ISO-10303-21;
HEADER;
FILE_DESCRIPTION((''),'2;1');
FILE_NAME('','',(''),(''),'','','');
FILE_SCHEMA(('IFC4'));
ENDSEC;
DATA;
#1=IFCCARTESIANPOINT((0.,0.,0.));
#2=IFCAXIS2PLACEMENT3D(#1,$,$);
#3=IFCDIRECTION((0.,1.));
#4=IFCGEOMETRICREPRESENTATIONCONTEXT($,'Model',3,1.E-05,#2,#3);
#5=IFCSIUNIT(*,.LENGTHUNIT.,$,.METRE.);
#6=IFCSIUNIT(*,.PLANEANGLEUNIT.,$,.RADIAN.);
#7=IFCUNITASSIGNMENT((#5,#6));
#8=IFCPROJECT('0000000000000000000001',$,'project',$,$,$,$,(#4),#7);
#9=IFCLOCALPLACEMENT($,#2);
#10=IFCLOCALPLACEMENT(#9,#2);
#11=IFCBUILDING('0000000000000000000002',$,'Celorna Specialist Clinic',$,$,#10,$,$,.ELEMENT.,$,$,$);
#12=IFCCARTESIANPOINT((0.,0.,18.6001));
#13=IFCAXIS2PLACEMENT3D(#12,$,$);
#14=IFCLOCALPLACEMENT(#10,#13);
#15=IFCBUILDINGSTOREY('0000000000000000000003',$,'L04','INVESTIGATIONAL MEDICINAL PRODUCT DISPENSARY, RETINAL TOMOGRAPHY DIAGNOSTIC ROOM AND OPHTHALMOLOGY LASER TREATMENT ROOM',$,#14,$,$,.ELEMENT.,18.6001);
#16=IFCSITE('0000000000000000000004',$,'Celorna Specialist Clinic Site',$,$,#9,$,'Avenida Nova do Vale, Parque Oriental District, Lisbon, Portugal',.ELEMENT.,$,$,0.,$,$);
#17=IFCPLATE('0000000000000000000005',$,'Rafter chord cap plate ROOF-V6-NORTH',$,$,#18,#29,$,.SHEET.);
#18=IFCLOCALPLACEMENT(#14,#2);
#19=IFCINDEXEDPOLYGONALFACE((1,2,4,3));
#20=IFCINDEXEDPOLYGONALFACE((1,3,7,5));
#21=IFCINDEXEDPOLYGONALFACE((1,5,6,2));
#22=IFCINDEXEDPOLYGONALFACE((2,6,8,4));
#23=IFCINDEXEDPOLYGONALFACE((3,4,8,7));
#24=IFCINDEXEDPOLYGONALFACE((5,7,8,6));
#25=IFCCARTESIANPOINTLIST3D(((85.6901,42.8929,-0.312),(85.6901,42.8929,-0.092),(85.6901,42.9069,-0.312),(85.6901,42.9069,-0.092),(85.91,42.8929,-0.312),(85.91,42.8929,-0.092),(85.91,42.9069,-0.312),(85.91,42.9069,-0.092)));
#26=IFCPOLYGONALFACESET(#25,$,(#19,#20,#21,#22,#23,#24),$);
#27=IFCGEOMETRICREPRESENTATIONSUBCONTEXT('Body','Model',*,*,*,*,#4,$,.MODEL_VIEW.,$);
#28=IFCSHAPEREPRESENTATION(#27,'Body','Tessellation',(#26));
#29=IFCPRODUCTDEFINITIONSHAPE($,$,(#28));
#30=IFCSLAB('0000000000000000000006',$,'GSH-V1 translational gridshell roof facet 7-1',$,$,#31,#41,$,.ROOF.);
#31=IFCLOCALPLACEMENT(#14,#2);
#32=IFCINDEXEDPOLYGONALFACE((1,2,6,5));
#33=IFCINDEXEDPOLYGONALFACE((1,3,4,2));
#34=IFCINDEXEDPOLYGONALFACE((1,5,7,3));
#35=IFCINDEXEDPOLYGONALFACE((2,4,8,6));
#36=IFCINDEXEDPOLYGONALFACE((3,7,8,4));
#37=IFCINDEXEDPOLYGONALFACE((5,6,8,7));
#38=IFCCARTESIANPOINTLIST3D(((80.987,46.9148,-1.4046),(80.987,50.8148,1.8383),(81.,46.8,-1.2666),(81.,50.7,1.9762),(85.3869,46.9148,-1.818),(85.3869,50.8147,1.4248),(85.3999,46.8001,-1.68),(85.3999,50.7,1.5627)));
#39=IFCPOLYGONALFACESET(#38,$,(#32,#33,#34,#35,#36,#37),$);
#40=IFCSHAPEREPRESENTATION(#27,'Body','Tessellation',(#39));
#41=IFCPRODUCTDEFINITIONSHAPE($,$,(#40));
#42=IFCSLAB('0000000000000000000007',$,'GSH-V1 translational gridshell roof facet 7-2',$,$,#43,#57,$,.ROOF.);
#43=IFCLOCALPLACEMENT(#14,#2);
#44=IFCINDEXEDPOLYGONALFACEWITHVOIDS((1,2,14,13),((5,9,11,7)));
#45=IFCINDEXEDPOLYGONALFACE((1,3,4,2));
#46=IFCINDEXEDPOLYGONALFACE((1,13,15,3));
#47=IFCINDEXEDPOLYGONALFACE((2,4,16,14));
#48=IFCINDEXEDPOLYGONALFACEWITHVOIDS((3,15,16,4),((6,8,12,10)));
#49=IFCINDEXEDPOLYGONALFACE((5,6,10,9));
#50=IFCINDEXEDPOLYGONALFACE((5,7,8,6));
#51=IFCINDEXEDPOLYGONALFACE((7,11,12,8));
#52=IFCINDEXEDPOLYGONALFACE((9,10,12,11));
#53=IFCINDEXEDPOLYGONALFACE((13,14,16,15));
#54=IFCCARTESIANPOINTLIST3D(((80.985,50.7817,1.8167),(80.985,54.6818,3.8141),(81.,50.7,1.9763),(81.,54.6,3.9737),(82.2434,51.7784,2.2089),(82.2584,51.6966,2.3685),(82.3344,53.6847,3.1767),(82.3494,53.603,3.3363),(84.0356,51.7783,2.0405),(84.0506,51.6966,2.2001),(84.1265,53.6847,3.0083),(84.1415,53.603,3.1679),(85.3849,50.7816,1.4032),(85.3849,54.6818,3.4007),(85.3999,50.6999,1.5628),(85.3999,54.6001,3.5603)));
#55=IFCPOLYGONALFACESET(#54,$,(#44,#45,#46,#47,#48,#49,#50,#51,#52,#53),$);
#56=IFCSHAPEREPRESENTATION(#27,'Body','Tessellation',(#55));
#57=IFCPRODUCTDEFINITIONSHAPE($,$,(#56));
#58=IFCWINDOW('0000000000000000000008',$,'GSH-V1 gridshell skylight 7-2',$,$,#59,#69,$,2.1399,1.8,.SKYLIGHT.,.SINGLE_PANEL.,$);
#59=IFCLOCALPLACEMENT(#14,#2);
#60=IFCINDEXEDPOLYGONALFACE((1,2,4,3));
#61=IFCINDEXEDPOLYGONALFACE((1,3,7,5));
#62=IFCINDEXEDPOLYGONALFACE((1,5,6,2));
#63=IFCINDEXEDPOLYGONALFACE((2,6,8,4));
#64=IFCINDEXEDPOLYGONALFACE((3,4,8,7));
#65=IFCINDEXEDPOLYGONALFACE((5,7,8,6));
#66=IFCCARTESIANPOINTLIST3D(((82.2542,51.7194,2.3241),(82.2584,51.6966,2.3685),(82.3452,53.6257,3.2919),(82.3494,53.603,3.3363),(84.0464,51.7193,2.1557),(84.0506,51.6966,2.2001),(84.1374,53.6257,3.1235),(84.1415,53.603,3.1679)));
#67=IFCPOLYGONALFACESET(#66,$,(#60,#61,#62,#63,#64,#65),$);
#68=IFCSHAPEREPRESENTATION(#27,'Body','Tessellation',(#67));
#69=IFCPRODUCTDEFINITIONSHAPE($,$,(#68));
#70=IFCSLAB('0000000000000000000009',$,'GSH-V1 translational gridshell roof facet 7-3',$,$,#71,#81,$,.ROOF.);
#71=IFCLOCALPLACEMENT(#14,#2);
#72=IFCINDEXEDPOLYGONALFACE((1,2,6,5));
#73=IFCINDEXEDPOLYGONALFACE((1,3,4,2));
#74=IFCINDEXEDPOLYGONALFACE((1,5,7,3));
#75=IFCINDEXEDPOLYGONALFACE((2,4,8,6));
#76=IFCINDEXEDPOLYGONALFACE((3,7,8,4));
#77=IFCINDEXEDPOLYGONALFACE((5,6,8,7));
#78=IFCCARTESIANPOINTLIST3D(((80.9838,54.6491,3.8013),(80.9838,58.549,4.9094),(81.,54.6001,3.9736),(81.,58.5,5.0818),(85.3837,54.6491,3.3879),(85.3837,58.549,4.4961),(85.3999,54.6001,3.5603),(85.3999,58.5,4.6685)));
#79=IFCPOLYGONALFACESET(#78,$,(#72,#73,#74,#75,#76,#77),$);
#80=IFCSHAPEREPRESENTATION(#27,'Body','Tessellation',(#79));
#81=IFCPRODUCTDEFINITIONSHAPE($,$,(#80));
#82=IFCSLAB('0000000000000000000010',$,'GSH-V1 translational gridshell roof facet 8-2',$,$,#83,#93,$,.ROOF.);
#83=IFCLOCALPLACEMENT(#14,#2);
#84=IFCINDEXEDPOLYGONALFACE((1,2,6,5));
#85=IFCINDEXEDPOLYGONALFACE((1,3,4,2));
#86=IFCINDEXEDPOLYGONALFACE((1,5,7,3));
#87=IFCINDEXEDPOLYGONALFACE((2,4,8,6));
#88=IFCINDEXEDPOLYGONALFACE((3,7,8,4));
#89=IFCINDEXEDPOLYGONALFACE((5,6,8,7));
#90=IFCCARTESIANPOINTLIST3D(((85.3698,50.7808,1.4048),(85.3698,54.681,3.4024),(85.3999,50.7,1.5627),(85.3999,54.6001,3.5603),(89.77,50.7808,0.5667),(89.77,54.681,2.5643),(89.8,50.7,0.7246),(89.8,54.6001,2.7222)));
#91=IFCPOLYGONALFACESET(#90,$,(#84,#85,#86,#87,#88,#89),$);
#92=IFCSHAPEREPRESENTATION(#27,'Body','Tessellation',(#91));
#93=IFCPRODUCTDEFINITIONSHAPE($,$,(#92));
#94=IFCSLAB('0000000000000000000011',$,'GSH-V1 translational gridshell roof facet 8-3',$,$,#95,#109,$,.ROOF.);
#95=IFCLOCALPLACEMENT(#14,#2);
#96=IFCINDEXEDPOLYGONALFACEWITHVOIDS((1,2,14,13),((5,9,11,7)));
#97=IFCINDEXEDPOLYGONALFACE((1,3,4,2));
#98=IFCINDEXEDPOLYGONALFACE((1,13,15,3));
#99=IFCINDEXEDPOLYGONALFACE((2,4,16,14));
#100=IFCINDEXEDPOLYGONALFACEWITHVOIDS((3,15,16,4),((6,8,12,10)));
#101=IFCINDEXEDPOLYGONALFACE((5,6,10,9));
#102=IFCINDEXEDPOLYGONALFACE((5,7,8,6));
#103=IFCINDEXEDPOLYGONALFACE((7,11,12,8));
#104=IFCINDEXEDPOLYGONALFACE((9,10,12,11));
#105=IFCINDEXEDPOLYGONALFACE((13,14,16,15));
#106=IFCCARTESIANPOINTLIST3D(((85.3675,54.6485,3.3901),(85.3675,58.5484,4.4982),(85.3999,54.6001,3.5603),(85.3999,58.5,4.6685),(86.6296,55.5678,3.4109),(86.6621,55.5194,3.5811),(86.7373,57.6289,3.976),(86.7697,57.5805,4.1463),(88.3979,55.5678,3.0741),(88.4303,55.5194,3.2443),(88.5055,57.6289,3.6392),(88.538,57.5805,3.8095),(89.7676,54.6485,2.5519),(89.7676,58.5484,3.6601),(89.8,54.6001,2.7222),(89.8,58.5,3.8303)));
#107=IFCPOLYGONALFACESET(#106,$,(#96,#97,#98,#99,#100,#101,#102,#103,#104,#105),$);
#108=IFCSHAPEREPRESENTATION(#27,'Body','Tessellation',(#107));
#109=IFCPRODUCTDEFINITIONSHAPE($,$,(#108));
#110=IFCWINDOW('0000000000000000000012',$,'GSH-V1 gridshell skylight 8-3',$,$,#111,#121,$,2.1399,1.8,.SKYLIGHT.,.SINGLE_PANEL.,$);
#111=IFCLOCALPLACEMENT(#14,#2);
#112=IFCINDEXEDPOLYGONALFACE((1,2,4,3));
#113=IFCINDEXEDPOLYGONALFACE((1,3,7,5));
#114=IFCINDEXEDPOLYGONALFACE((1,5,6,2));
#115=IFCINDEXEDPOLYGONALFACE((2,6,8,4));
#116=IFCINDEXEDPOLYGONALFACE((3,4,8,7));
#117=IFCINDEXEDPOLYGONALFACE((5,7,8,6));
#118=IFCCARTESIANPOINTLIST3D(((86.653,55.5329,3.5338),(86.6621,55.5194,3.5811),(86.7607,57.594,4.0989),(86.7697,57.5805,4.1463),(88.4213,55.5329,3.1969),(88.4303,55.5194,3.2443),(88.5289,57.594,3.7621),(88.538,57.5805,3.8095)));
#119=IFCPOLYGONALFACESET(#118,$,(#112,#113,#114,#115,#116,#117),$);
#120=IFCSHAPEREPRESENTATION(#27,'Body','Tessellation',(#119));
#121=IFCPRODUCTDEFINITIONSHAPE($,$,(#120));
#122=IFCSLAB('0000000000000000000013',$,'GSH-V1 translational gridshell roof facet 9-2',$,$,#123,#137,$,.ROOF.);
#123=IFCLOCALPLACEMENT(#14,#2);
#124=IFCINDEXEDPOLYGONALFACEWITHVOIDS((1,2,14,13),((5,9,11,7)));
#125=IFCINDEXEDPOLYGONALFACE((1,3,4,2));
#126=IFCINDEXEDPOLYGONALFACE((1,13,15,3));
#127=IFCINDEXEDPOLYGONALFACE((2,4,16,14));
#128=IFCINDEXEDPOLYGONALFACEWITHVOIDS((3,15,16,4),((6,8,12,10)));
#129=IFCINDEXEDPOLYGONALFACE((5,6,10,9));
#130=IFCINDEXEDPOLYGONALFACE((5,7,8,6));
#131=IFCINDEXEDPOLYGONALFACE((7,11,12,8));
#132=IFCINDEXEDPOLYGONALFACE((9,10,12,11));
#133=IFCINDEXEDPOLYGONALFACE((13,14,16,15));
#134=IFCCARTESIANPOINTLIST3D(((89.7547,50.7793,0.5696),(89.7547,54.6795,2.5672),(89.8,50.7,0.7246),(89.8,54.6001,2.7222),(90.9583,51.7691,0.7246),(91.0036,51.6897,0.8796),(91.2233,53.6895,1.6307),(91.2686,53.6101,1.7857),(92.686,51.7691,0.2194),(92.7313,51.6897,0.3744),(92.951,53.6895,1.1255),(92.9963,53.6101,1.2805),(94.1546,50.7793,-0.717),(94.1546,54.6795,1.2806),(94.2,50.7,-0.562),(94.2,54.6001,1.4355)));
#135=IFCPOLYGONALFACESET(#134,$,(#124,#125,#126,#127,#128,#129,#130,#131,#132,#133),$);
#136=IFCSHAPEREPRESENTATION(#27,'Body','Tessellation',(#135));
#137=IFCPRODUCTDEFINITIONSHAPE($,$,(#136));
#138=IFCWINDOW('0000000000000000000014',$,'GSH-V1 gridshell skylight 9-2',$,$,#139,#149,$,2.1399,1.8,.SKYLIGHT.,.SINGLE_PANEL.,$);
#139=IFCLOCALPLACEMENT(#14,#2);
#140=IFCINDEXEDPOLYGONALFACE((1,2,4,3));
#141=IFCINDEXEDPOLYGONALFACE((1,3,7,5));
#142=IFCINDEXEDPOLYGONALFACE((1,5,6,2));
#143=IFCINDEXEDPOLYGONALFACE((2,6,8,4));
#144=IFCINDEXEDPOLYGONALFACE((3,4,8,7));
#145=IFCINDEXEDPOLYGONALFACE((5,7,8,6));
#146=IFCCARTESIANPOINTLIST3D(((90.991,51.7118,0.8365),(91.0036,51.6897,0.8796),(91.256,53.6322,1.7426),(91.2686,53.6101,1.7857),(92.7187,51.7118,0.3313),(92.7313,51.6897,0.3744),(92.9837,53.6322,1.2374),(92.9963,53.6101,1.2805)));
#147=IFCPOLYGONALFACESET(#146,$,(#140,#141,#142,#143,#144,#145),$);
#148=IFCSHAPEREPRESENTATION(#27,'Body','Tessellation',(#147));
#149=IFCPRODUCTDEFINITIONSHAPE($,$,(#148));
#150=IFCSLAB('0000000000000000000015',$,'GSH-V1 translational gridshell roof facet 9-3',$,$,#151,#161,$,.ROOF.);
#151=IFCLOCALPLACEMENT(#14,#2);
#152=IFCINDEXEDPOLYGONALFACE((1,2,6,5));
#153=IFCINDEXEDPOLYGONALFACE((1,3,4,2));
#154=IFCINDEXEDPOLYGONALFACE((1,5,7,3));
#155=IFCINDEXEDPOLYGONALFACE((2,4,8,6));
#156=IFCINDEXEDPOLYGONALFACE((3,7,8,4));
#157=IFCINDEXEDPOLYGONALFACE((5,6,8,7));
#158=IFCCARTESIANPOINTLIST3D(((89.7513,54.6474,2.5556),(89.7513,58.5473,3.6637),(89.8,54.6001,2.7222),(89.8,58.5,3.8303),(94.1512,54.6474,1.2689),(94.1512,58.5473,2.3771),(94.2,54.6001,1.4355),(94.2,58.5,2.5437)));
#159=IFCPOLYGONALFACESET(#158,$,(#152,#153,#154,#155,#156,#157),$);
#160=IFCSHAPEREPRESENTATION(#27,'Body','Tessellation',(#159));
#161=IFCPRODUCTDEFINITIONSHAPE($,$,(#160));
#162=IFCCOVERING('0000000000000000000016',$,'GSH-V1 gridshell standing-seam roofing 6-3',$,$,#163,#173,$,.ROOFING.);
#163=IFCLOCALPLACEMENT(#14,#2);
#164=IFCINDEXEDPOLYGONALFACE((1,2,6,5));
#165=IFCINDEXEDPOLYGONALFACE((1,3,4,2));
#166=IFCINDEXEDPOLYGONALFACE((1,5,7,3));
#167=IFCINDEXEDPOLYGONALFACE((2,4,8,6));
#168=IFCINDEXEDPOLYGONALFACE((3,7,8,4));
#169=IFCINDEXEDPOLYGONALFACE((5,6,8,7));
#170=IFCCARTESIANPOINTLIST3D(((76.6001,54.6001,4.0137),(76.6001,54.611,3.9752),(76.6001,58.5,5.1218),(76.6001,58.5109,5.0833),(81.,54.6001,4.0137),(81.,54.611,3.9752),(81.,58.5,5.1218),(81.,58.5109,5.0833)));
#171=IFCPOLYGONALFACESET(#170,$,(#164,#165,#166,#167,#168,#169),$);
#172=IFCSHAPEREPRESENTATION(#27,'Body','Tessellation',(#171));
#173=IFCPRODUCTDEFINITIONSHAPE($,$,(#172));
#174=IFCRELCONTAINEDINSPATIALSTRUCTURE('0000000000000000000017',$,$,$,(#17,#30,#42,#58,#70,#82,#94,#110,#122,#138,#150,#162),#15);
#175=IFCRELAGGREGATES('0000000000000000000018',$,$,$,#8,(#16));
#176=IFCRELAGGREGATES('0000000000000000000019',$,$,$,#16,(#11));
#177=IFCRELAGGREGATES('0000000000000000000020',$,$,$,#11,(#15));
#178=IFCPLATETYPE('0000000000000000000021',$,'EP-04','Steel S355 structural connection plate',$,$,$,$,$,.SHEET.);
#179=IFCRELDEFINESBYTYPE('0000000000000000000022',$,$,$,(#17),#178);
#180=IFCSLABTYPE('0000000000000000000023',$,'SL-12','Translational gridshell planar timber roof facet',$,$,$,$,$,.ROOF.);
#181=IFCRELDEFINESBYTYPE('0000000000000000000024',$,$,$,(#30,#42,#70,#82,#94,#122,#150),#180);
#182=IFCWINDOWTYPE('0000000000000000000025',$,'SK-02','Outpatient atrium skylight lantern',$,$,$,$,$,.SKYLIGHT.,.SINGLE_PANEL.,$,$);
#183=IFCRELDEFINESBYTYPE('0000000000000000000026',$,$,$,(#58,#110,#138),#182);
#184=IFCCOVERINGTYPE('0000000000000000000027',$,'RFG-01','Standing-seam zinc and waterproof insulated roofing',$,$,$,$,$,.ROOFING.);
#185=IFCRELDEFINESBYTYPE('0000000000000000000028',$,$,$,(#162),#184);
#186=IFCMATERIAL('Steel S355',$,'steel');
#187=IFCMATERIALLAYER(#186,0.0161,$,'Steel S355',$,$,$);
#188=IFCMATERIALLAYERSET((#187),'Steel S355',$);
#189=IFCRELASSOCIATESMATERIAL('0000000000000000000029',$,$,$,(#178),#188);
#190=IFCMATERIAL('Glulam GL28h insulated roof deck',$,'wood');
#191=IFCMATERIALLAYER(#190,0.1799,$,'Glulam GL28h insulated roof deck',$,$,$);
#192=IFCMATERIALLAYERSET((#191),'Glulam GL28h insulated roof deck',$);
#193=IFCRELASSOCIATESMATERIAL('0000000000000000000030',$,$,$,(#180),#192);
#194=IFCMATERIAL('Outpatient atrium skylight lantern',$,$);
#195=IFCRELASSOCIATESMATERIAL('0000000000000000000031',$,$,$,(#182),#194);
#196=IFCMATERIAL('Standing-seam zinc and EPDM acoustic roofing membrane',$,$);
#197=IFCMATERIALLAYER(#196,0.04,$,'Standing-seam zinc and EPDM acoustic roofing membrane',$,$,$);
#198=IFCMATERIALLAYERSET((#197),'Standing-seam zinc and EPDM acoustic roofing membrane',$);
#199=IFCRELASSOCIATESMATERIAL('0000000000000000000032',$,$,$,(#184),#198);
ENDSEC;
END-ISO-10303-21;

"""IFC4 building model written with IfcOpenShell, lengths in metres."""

from ifc_helpers import new_model, si_unit, direction, frame, origin, origin_2d, place, context, subcontext, project, spatial, polyline, rectangle, outline, extrude, material, layer, layer_set, type_object, element, fill, save


model = new_model("IFC4")

# Units and contexts
model_context = context("Model", 3, precision=1e-05, world=origin(), true_north=direction((0.0, 1.0)))
body_context = subcontext(model_context, "Body", "Model", "MODEL_VIEW")
ifc_project = project(units=[si_unit("LENGTHUNIT", "METRE"), si_unit("PLANEANGLEUNIT", "RADIAN")], contexts=[model_context])

# Site, building, storey
site_placement = place(None, origin())
site = spatial("IfcSite", under=ifc_project, at=site_placement, Name="Celorna Specialist Clinic Site", LongName="Avenida Nova do Vale, Parque Oriental District, Lisbon, Portugal", CompositionType="ELEMENT", RefElevation=0.0)
building_placement = place(site_placement, origin())
building = spatial("IfcBuilding", under=site, at=building_placement, Name="Celorna Specialist Clinic", CompositionType="ELEMENT")
storey_placement = place(building_placement, frame((0.0, 0.0, 18.6001)))
storey = spatial("IfcBuildingStorey", under=building, at=storey_placement, Name="L04", Description="INVESTIGATIONAL MEDICINAL PRODUCT DISPENSARY, RETINAL TOMOGRAPHY DIAGNOSTIC ROOM AND OPHTHALMOLOGY LASER TREATMENT ROOM", CompositionType="ELEMENT", Elevation=18.6001)

# Plate
ifc_material_1 = material(Name="Steel S355", Category="steel")
ifc_layer_1 = layer(ifc_material_1, 0.0161, Name="Steel S355")
ifc_layer_set_1 = layer_set([ifc_layer_1], Name="Steel S355")
plate_type = type_object("IfcPlateType", Name="EP-04", Description="Steel S355 structural connection plate", PredefinedType="SHEET", material=ifc_layer_set_1)
plate_placement = place(storey_placement, frame((85.8, 42.8999, -0.312), z_axis=(0.0, 0.0, 1.0), x_axis=(1.0, 0.0, 0.0)))
element("IfcPlate", 1, at=plate_placement, inside=storey, type_object=plate_type, Name="Rafter chord cap plate ROOF-V6-NORTH", PredefinedType="SHEET", context=body_context, shape_type="SweptSolid", body=[
    extrude(rectangle(XDim=0.22, YDim=0.0139, at=origin_2d()), origin(), (0.0, 0.0, 1.0), 0.22),
])

# Slab
ifc_material_2 = material(Name="Glulam GL28h insulated roof deck", Category="wood")
ifc_layer_2 = layer(ifc_material_2, 0.1799, Name="Glulam GL28h insulated roof deck")
ifc_layer_set_2 = layer_set([ifc_layer_2], Name="Glulam GL28h insulated roof deck")
slab_type = type_object("IfcSlabType", Name="SL-12", Description="Translational gridshell planar timber roof facet", PredefinedType="ROOF", material=ifc_layer_set_2)
slab_1_placement = place(storey_placement, frame((81.0, 46.8, -1.2666), z_axis=(0.072066, -0.637693, 0.766912), x_axis=(0.995615, 0.000014, -0.093545)))
element("IfcSlab", 2, at=slab_1_placement, inside=storey, type_object=slab_type, Name="GSH-V1 translational gridshell roof facet 7-1", PredefinedType="ROOF", context=body_context, shape_type="SweptSolid", body=[
    extrude(outline(polyline([(0.0, 0.0), (4.4193, 0.0), (4.116, 5.0628), (-0.3033, 5.063), (0.0, 0.0)])), origin(), (0.0, 0.0, -1.0), 0.1799),
])

# Slab, opening, window
slab_2_placement = place(storey_placement, frame((81.0, 50.7, 1.9763), z_axis=(0.083347, -0.454254, 0.886965), x_axis=(0.995613, -0.000011, -0.093562)))
slab_2 = element("IfcSlab", 3, at=slab_2_placement, inside=storey, type_object=slab_type, Name="GSH-V1 translational gridshell roof facet 7-2", PredefinedType="ROOF", context=body_context, shape_type="SweptSolid", body=[
    extrude(outline(polyline([(0.0, 0.0), (4.4193, 0.0), (4.2324, 4.3779), (-0.1869, 4.3778), (0.0, 0.0)])), origin(), (0.0, 0.0, -1.0), 0.1799),
])
opening_1_placement = place(slab_2_placement, frame((2.1162, 2.1887, 0.01)))
opening_1 = element("IfcOpeningElement", 4, at=opening_1_placement, cuts=slab_2, PredefinedType="OPENING", context=body_context, shape_type="SweptSolid", body=[
    extrude(rectangle(XDim=1.8, YDim=2.1399, at=origin_2d()), origin(), (0.0, 0.0, -1.0), 0.2),
])
ifc_material_3 = material(Name="Outpatient atrium skylight lantern")
window_type = type_object("IfcWindowType", Name="SK-02", Description="Outpatient atrium skylight lantern", PartitioningType="SINGLE_PANEL", PredefinedType="SKYLIGHT", material=ifc_material_3)
window_1_placement = place(opening_1_placement, frame((0.0, 0.0, -0.01)))
window_1 = element("IfcWindow", 5, at=window_1_placement, inside=storey, type_object=window_type, Name="GSH-V1 gridshell skylight 7-2", OverallHeight=2.1399, OverallWidth=1.8, PartitioningType="SINGLE_PANEL", PredefinedType="SKYLIGHT", context=body_context, shape_type="SweptSolid", body=[
    extrude(rectangle(XDim=1.8, YDim=2.1399, at=origin_2d()), origin(), (0.0, 0.0, -1.0), 0.05),
])
fill(opening_1, window_1)

# Slabs
slab_3_placement = place(storey_placement, frame((81.0, 54.6001, 3.9736), z_axis=(0.089997, -0.27222, 0.958017), x_axis=(0.995617, 0.0, -0.093529)))
element("IfcSlab", 6, at=slab_3_placement, inside=storey, type_object=slab_type, Name="GSH-V1 translational gridshell roof facet 7-3", PredefinedType="ROOF", context=body_context, shape_type="SweptSolid", body=[
    extrude(outline(polyline([(0.0, 0.0), (4.4193, 0.0), (4.3156, 4.053), (-0.1036, 4.053), (0.0, 0.0)])), origin(), (0.0, 0.0, -1.0), 0.1799),
])
slab_4_placement = place(storey_placement, frame((85.3999, 50.7, 1.5627), z_axis=(0.167151, -0.449449, 0.877529), x_axis=(0.982338, 0.0, -0.187115)))
element("IfcSlab", 7, at=slab_4_placement, inside=storey, type_object=slab_type, Name="GSH-V1 translational gridshell roof facet 8-2", PredefinedType="ROOF", context=body_context, shape_type="SweptSolid", body=[
    extrude(outline(polyline([(0.0, 0.0), (4.4793, 0.0), (4.1055, 4.366), (-0.3738, 4.366), (0.0, 0.0)])), origin(), (0.0, 0.0, -1.0), 0.1799),
])

# Slabs, openings, windows
slab_5_placement = place(storey_placement, frame((85.3999, 54.6001, 3.5603), z_axis=(0.180225, -0.268853, 0.94617), x_axis=(0.982338, 0.0, -0.187115)))
slab_5 = element("IfcSlab", 8, at=slab_5_placement, inside=storey, type_object=slab_type, Name="GSH-V1 translational gridshell roof facet 8-3", PredefinedType="ROOF", context=body_context, shape_type="SweptSolid", body=[
    extrude(outline(polyline([(0.0, 0.0), (4.4793, 0.0), (4.2719, 4.049), (-0.2074, 4.049), (0.0, 0.0)])), origin(), (0.0, 0.0, -1.0), 0.1799),
])
opening_2_placement = place(slab_5_placement, frame((2.136, 2.0244, 0.01)))
opening_2 = element("IfcOpeningElement", 9, at=opening_2_placement, cuts=slab_5, PredefinedType="OPENING", context=body_context, shape_type="SweptSolid", body=[
    extrude(rectangle(XDim=1.8, YDim=2.1399, at=origin_2d()), origin(), (0.0, 0.0, -1.0), 0.2),
])
window_2_placement = place(opening_2_placement, frame((0.0, 0.0, -0.01)))
window_2 = element("IfcWindow", 10, at=window_2_placement, inside=storey, type_object=window_type, Name="GSH-V1 gridshell skylight 8-3", OverallHeight=2.1399, OverallWidth=1.8, PartitioningType="SINGLE_PANEL", PredefinedType="SKYLIGHT", context=body_context, shape_type="SweptSolid", body=[
    extrude(rectangle(XDim=1.8, YDim=2.1399, at=origin_2d()), origin(), (0.0, 0.0, -1.0), 0.05),
])
fill(opening_2, window_2)
slab_6_placement = place(storey_placement, frame((89.8, 50.7, 0.7246), z_axis=(0.251878, -0.441164, 0.861355), x_axis=(0.959805, 0.0, -0.280667)))
slab_6 = element("IfcSlab", 11, at=slab_6_placement, inside=storey, type_object=slab_type, Name="GSH-V1 translational gridshell roof facet 9-2", PredefinedType="ROOF", context=body_context, shape_type="SweptSolid", body=[
    extrude(outline(polyline([(0.0, 0.0), (4.5842, 0.0), (4.0235, 4.3459), (-0.5606, 4.3459), (0.0, 0.0)])), origin(), (0.0, 0.0, -1.0), 0.1799),
])
opening_3_placement = place(slab_6_placement, frame((2.0117, 2.1729, 0.01)))
opening_3 = element("IfcOpeningElement", 12, at=opening_3_placement, cuts=slab_6, PredefinedType="OPENING", context=body_context, shape_type="SweptSolid", body=[
    extrude(rectangle(XDim=1.8, YDim=2.1399, at=origin_2d()), origin(), (0.0, 0.0, -1.0), 0.2),
])
window_3_placement = place(opening_3_placement, frame((0.0, 0.0, -0.01)))
window_3 = element("IfcWindow", 13, at=window_3_placement, inside=storey, type_object=window_type, Name="GSH-V1 gridshell skylight 9-2", OverallHeight=2.1399, OverallWidth=1.8, PartitioningType="SINGLE_PANEL", PredefinedType="SKYLIGHT", context=body_context, shape_type="SweptSolid", body=[
    extrude(rectangle(XDim=1.8, YDim=2.1399, at=origin_2d()), origin(), (0.0, 0.0, -1.0), 0.05),
])
fill(opening_3, window_3)

# Slab
slab_7_placement = place(storey_placement, frame((89.8, 54.6001, 2.7222), z_axis=(0.270777, -0.263118, 0.925985), x_axis=(0.959805, 0.0, -0.280667)))
element("IfcSlab", 14, at=slab_7_placement, inside=storey, type_object=slab_type, Name="GSH-V1 translational gridshell roof facet 9-3", PredefinedType="ROOF", context=body_context, shape_type="SweptSolid", body=[
    extrude(outline(polyline([(0.0, 0.0), (4.5842, 0.0), (4.2731, 4.0423), (-0.311, 4.0423), (0.0, 0.0)])), origin(), (0.0, 0.0, -1.0), 0.1799),
])

# Covering
ifc_material_4 = material(Name="Standing-seam zinc and EPDM acoustic roofing membrane")
ifc_layer_3 = layer(ifc_material_4, 0.04, Name="Standing-seam zinc and EPDM acoustic roofing membrane")
ifc_layer_set_3 = layer_set([ifc_layer_3], Name="Standing-seam zinc and EPDM acoustic roofing membrane")
covering_type = type_object("IfcCoveringType", Name="RFG-01", Description="Standing-seam zinc and waterproof insulated roofing", PredefinedType="ROOFING", material=ifc_layer_set_3)
covering_1_placement = place(storey_placement, frame((76.6001, 54.6001, 4.0137), z_axis=(0.0, -0.273329, 0.961921), x_axis=(1.0, 0.0, 0.0)))
element("IfcCovering", 15, at=covering_1_placement, inside=storey, type_object=covering_type, Name="GSH-V1 gridshell standing-seam roofing 6-3", PredefinedType="ROOFING", context=body_context, shape_type="SweptSolid", body=[
    extrude(outline(polyline([(0.0, 0.0), (4.3999, 0.0), (4.3999, 4.0543), (0.0, 4.0543), (0.0, 0.0)])), origin(), (0.0, 0.0, -1.0), 0.04),
])

save(model, "model.ifc")
